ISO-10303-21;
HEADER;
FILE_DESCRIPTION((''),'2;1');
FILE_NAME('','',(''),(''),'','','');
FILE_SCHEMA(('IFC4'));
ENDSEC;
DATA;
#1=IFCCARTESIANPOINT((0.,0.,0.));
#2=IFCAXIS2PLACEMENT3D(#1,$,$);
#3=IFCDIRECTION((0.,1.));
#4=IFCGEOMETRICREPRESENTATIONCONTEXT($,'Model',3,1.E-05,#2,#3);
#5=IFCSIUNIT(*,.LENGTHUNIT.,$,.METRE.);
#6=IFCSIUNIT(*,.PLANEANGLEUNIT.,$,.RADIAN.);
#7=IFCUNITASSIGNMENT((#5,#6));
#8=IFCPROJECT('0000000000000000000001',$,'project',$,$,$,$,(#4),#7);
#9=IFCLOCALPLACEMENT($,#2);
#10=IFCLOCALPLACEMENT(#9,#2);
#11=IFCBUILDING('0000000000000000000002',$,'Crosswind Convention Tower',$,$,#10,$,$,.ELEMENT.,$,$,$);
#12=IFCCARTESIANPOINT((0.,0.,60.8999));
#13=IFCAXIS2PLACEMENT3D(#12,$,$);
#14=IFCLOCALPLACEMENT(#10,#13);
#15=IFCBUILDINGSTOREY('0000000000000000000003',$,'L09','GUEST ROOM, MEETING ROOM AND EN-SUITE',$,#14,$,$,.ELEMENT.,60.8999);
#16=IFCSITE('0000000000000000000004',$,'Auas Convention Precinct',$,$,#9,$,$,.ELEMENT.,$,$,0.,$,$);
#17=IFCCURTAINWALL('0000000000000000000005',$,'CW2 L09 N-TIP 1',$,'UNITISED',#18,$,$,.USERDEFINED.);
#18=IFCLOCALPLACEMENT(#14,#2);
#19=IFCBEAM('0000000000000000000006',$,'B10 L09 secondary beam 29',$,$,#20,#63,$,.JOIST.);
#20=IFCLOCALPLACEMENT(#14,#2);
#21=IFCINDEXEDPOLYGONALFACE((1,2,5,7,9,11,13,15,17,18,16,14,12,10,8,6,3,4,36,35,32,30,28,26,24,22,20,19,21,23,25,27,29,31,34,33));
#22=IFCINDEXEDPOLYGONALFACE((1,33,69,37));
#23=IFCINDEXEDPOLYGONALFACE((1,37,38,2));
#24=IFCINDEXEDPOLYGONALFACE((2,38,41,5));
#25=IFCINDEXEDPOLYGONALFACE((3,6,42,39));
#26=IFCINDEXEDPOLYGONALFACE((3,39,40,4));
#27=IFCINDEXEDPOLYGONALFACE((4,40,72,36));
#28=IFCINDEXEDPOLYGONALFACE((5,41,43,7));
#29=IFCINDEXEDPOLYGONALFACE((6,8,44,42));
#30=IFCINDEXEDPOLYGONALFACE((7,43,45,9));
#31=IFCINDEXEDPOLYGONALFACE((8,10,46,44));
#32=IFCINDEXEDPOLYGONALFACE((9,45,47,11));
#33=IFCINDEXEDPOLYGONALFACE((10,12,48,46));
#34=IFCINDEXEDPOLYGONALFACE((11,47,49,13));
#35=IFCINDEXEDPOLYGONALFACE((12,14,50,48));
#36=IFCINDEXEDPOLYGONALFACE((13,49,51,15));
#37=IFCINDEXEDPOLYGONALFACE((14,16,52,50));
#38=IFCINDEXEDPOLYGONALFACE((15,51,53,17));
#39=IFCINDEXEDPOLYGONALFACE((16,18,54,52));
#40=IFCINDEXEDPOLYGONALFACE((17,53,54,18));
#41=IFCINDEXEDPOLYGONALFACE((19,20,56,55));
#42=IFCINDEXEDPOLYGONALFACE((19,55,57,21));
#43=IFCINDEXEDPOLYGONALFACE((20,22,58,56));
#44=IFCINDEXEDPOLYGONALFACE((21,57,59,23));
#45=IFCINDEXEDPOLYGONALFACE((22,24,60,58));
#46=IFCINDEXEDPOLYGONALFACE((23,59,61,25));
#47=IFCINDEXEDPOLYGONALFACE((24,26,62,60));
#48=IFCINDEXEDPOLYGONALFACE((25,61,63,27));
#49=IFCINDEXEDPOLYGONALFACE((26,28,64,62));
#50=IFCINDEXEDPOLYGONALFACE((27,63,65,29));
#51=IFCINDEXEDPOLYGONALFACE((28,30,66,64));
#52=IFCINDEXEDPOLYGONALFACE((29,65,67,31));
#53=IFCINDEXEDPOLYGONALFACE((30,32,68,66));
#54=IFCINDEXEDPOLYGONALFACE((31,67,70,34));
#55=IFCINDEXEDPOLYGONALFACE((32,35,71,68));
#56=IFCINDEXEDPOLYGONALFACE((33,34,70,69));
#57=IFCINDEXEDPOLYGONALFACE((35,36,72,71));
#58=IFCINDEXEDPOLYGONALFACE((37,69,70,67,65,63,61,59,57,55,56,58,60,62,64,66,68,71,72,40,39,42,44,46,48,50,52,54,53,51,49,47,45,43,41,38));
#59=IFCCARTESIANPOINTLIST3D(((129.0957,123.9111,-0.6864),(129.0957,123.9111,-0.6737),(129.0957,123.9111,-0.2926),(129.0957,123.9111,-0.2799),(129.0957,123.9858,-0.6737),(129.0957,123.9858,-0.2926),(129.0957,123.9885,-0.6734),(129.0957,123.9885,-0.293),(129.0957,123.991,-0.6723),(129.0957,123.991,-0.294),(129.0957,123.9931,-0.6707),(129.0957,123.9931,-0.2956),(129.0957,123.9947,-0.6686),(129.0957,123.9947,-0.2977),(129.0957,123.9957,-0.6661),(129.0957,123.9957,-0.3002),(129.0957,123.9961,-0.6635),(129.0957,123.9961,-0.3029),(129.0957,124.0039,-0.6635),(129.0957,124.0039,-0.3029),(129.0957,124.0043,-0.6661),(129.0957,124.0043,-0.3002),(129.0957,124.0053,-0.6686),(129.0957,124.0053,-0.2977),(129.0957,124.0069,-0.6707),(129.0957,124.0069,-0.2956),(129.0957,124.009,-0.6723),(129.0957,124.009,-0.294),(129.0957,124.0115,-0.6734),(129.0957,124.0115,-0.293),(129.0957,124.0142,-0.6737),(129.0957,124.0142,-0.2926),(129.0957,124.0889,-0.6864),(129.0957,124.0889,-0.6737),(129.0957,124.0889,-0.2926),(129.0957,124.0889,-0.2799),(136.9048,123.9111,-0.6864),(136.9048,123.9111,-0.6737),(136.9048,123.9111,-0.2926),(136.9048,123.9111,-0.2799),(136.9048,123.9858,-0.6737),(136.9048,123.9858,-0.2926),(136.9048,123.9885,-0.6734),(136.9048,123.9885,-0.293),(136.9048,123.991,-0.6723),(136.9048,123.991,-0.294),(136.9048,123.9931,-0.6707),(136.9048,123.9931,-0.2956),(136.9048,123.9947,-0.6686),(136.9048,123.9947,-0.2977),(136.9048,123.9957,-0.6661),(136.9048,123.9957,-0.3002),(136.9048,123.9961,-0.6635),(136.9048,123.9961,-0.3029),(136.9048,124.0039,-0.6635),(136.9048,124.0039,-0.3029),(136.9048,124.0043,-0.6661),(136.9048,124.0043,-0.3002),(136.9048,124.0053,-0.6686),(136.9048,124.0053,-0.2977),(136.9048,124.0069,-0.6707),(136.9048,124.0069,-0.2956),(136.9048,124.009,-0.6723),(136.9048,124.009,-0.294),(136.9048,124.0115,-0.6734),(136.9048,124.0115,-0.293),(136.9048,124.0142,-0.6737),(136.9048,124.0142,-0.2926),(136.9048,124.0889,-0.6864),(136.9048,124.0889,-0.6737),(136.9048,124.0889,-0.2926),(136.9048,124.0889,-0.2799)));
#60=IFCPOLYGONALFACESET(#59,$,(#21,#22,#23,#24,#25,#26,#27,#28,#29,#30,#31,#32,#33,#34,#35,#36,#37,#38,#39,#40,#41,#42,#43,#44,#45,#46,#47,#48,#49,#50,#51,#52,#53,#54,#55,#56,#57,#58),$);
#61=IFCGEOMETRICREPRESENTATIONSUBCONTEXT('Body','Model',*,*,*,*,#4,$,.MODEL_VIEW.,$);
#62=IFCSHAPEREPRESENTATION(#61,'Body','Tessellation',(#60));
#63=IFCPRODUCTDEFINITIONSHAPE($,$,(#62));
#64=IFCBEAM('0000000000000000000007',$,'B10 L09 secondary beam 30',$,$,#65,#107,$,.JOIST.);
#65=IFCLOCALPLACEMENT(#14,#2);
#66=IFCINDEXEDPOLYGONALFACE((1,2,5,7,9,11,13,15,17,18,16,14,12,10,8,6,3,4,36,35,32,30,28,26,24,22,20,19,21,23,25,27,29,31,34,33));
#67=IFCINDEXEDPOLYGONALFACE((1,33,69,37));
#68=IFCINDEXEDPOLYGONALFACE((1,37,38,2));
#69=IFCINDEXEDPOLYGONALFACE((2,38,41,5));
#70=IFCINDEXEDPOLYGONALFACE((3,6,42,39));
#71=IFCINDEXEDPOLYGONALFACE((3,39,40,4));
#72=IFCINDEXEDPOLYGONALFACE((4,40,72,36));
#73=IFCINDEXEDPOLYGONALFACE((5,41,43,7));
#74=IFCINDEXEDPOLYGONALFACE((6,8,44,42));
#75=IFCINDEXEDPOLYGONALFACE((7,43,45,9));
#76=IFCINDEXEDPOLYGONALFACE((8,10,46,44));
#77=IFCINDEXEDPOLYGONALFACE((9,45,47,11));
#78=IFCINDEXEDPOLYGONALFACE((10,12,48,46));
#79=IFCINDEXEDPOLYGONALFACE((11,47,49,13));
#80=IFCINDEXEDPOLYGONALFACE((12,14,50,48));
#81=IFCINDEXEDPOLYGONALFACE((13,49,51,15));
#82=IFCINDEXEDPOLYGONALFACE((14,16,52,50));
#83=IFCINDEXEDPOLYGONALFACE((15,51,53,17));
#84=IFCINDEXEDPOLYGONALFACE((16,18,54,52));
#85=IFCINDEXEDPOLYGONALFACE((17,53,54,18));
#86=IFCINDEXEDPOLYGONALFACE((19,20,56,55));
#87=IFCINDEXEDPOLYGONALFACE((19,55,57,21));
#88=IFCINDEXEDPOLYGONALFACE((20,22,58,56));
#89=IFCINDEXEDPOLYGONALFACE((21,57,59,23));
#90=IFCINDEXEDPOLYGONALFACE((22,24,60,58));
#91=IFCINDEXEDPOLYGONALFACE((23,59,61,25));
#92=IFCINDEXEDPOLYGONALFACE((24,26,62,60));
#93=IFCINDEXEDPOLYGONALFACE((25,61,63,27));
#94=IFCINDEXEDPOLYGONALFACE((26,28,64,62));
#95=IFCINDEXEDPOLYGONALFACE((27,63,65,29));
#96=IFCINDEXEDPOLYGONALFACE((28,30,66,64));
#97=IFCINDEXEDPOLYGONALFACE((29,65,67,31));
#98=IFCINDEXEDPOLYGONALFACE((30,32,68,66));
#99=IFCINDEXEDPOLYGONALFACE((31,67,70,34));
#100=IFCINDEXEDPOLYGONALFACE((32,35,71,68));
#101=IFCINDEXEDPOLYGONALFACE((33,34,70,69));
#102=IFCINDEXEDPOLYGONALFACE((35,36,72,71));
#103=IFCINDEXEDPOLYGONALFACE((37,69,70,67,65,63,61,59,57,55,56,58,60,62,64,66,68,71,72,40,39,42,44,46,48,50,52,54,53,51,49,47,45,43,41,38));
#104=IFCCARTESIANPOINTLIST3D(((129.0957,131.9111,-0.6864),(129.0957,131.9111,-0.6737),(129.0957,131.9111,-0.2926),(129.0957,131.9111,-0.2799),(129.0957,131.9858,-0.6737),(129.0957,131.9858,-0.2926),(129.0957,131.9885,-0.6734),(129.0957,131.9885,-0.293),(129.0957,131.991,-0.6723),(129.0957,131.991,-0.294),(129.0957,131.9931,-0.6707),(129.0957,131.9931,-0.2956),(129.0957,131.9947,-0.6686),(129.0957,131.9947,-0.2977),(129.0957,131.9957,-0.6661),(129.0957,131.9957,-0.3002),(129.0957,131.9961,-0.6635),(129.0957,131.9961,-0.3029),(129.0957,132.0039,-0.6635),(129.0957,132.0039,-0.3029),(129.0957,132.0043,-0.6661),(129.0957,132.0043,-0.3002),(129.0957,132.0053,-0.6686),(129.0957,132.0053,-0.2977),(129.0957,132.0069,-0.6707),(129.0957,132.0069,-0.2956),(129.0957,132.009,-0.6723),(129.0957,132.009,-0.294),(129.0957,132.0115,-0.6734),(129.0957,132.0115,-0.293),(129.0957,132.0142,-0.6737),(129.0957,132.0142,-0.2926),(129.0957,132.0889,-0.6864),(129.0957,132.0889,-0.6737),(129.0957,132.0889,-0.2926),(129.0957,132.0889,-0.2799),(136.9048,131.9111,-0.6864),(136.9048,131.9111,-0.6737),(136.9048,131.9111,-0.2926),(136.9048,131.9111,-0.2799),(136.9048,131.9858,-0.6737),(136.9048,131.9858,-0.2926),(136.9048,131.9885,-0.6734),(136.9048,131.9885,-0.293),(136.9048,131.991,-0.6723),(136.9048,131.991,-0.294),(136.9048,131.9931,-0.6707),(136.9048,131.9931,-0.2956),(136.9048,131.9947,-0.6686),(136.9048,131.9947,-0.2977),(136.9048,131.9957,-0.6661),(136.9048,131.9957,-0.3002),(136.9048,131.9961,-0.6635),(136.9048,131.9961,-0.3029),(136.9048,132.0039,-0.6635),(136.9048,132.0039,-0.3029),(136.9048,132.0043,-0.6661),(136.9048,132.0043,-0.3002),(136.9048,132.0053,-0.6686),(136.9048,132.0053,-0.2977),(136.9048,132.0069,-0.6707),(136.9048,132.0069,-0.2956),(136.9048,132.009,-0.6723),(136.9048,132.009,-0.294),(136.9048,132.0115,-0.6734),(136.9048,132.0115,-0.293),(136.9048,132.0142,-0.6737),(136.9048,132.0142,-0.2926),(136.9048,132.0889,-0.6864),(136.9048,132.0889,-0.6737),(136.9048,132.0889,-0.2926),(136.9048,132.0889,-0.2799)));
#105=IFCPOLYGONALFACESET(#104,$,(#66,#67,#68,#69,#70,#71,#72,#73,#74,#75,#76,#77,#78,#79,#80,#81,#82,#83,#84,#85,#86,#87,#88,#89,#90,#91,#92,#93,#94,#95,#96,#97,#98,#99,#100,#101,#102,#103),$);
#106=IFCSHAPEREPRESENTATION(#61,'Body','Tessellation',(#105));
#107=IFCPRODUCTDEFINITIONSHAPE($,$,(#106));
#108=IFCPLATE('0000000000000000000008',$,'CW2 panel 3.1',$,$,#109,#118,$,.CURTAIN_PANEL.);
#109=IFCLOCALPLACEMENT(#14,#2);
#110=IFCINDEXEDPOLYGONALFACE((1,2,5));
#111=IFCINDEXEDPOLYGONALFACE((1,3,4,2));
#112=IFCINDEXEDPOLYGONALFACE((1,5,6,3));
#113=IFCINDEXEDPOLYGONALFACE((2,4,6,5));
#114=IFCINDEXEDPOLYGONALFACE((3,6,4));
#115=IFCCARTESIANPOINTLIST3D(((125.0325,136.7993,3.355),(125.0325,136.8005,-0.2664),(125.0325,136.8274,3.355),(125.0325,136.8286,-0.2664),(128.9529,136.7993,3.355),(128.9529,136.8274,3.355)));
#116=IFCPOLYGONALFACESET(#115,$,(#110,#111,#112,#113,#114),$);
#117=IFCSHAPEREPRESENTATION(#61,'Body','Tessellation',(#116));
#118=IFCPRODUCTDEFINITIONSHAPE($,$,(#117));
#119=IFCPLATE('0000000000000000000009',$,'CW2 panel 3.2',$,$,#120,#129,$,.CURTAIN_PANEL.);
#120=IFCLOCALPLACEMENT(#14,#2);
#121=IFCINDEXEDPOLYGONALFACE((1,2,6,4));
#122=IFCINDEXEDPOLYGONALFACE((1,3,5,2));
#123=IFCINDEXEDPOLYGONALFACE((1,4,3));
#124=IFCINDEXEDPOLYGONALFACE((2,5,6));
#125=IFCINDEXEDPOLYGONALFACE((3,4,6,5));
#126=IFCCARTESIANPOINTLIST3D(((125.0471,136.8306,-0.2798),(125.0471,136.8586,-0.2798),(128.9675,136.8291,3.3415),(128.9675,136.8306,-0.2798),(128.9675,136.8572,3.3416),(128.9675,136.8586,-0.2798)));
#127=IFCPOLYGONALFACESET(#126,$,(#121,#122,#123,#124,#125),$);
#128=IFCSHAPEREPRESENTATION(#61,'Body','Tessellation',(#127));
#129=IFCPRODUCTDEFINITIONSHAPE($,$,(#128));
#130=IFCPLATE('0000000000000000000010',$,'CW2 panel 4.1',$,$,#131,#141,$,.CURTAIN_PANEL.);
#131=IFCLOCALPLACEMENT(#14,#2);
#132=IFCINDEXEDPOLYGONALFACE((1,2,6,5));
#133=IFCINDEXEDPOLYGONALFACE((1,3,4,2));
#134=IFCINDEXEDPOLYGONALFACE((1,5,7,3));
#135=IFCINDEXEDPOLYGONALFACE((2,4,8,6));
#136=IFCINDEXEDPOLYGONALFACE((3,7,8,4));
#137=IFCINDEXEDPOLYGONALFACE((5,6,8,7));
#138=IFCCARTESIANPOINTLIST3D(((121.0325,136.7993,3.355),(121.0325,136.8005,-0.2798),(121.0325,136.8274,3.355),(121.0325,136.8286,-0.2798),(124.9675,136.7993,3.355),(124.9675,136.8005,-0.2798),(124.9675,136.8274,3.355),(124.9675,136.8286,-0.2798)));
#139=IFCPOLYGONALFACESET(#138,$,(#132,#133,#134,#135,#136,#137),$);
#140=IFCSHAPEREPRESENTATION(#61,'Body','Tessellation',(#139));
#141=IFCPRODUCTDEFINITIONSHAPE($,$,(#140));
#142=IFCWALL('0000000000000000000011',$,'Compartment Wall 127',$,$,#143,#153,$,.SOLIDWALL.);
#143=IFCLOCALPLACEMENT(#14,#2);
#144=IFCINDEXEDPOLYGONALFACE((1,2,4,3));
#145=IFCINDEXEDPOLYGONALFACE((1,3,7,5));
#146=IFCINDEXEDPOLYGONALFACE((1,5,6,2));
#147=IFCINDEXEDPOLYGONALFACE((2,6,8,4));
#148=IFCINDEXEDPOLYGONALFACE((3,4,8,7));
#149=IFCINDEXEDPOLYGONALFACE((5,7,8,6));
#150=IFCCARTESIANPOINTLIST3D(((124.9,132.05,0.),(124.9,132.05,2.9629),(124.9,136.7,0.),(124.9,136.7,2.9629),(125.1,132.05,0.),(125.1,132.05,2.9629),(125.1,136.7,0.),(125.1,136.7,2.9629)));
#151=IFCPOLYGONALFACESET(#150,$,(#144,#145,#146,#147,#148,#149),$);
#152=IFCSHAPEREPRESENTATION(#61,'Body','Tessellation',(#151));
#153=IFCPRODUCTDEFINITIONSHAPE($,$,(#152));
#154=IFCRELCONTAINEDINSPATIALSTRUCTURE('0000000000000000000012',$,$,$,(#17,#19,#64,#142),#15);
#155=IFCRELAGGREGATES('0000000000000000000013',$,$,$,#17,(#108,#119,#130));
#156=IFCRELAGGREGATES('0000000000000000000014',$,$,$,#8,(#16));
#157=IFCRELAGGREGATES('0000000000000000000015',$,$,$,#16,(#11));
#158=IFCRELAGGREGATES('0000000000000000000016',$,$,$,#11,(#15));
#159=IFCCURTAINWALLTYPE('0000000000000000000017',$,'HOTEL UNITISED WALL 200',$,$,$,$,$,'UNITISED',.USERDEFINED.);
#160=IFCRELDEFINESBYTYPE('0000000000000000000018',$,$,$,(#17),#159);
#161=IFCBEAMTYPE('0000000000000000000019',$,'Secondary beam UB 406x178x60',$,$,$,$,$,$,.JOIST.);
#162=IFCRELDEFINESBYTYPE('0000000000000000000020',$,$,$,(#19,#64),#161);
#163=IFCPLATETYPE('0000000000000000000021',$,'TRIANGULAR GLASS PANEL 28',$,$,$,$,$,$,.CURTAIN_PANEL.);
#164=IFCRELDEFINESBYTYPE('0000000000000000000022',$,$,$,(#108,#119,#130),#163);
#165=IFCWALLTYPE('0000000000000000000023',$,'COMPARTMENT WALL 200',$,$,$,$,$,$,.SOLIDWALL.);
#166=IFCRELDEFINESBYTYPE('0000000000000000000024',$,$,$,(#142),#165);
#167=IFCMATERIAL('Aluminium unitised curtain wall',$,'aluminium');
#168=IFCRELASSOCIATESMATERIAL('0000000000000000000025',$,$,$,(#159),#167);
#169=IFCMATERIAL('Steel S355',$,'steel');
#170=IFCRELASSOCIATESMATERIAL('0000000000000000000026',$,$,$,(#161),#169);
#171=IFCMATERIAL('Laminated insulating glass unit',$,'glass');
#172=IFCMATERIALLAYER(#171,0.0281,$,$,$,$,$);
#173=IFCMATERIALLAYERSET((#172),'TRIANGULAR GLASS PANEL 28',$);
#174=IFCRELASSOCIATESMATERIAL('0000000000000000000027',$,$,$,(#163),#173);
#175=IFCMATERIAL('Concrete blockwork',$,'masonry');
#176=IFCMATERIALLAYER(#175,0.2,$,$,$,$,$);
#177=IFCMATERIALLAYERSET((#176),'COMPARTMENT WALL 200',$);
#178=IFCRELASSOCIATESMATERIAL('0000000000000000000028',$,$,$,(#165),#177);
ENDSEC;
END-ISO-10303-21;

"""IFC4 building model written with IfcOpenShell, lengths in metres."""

from ifc_helpers import new_model, si_unit, direction, frame, frame_2d, origin, origin_2d, place, context, subcontext, project, spatial, polyline, rectangle, i_section, outline, extrude, material, layer, layer_set, material_profile, profile_set, type_object, element, aggregate, save


model = new_model("IFC4")

# Units and contexts
model_context = context("Model", 3, precision=1e-05, world=origin(), true_north=direction((0.0, 1.0)))
body_context = subcontext(model_context, "Body", "Model", "MODEL_VIEW")
ifc_project = project(units=[si_unit("LENGTHUNIT", "METRE"), si_unit("PLANEANGLEUNIT", "RADIAN")], contexts=[model_context])

# Site, building, storey
site_placement = place(None, origin())
site = spatial("IfcSite", under=ifc_project, at=site_placement, Name="Auas Convention Precinct", CompositionType="ELEMENT", RefElevation=0.0)
building_placement = place(site_placement, origin())
building = spatial("IfcBuilding", under=site, at=building_placement, Name="Crosswind Convention Tower", CompositionType="ELEMENT")
storey_placement = place(building_placement, frame((0.0, 0.0, 60.8999)))
storey = spatial("IfcBuildingStorey", under=building, at=storey_placement, Name="L09", Description="GUEST ROOM, MEETING ROOM AND EN-SUITE", CompositionType="ELEMENT", Elevation=60.8999)

# Shared definitions
ifc_material_1 = material(Name="Steel S355", Category="steel")

# Curtain wall
ifc_material_2 = material(Name="Aluminium unitised curtain wall", Category="aluminium")
curtain_wall_type = type_object("IfcCurtainWallType", Name="HOTEL UNITISED WALL 200", ElementType="UNITISED", PredefinedType="USERDEFINED", material=ifc_material_2)
curtain_wall_placement = place(storey_placement, origin())
curtain_wall = element("IfcCurtainWall", 1, at=curtain_wall_placement, inside=storey, type_object=curtain_wall_type, Name="CW2 L09 N-TIP 1", ObjectType="UNITISED", PredefinedType="USERDEFINED")

# Beams
ifc_material_profile_1 = material_profile(ifc_material_1, i_section(OverallWidth=0.1777, OverallDepth=0.4065, WebThickness=0.0078, FlangeThickness=0.0127, FilletRadius=0.0103, at=origin_2d()), Name="UB 406x178x60")
ifc_profile_set_1 = profile_set([ifc_material_profile_1], Name="Steel S355")
beam_type_1 = type_object("IfcBeamType", Name="Secondary beam UB 406x178x60", PredefinedType="JOIST", material=ifc_profile_set_1)
for number, where, z_axis, x_axis, name in (
    (2, (129.0957, 124.0, -0.4832), (1.0, 0.0, 0.0), (0.0, 1.0, 0.0), "B10 L09 secondary beam 29"),
    (3, (129.0957, 132.0, -0.4832), (1.0, 0.0, 0.0), (0.0, 1.0, 0.0), "B10 L09 secondary beam 30"),
):
    element("IfcBeam", number, at=place(storey_placement, frame(where, z_axis=z_axis, x_axis=x_axis)), inside=storey, type_object=beam_type_1, Name=name, PredefinedType="JOIST", context=body_context, shape_type="SweptSolid", body=[
        extrude(i_section(OverallWidth=0.1777, OverallDepth=0.4065, WebThickness=0.0078, FlangeThickness=0.0127, FilletRadius=0.0103, at=origin_2d()), origin(), (0.0, 0.0, 1.0), 7.8091),
    ])

# Plates
ifc_material_3 = material(Name="Laminated insulating glass unit", Category="glass")
ifc_layer_1 = layer(ifc_material_3, 0.0281)
ifc_layer_set_1 = layer_set([ifc_layer_1], Name="TRIANGULAR GLASS PANEL 28")
plate_type = type_object("IfcPlateType", Name="TRIANGULAR GLASS PANEL 28", PredefinedType="CURTAIN_PANEL", material=ifc_layer_set_1)
plate_1_placement = place(storey_placement, frame((125.0325, 136.8274, 3.355), z_axis=(0.0, 1.0, 0.000337), x_axis=(1.0, 0.0, 0.0)))
plate_1 = element("IfcPlate", 4, at=plate_1_placement, type_object=plate_type, Name="CW2 panel 3.1", PredefinedType="CURTAIN_PANEL", context=body_context, shape_type="SweptSolid", body=[
    extrude(outline(polyline([(0.0, 0.0), (3.9204, 0.0), (0.0, 3.6213), (0.0, 0.0)])), origin(), (0.0, 0.0, -1.0), 0.0281),
])
plate_2_placement = place(storey_placement, frame((128.9675, 136.8586, -0.2798), z_axis=(0.0, 1.0, 0.000405), x_axis=(-1.0, 0.0, 0.0)))
plate_2 = element("IfcPlate", 5, at=plate_2_placement, type_object=plate_type, Name="CW2 panel 3.2", PredefinedType="CURTAIN_PANEL", context=body_context, shape_type="SweptSolid", body=[
    extrude(outline(polyline([(0.0, 0.0), (3.9204, 0.0), (0.0, 3.6213), (0.0, 0.0)])), origin(), (0.0, 0.0, -1.0), 0.0281),
])
plate_3_placement = place(storey_placement, frame((124.9675, 136.8286, -0.2798), z_axis=(0.0, 1.0, 0.000336), x_axis=(-1.0, 0.0, 0.0)))
plate_3 = element("IfcPlate", 6, at=plate_3_placement, type_object=plate_type, Name="CW2 panel 4.1", PredefinedType="CURTAIN_PANEL", context=body_context, shape_type="SweptSolid", body=[
    extrude(outline(polyline([(0.0, 0.0), (3.9351, 0.0), (3.9351, 3.6348), (0.0, 3.6348), (0.0, 0.0)])), origin(), (0.0, 0.0, -1.0), 0.0281),
])
aggregate(curtain_wall, [plate_1, plate_2, plate_3])

# Wall
ifc_material_4 = material(Name="Concrete blockwork", Category="masonry")
ifc_layer_2 = layer(ifc_material_4, 0.2)
ifc_layer_set_2 = layer_set([ifc_layer_2], Name="COMPARTMENT WALL 200")
wall_type_1 = type_object("IfcWallType", Name="COMPARTMENT WALL 200", PredefinedType="SOLIDWALL", material=ifc_layer_set_2)
wall_1_placement = place(storey_placement, frame((125.0, 132.05, 0.0), z_axis=(0.0, 0.0, 1.0), x_axis=(0.0, 1.0, 0.0)))
element("IfcWall", 7, at=wall_1_placement, inside=storey, type_object=wall_type_1, Name="Compartment Wall 127", PredefinedType="SOLIDWALL", context=body_context, shape_type="SweptSolid", body=[
    extrude(rectangle(XDim=4.6499, YDim=0.2, at=frame_2d((2.325, 0.0))), origin(), (0.0, 0.0, 1.0), 2.9629),
])

save(model, "model.ifc")
